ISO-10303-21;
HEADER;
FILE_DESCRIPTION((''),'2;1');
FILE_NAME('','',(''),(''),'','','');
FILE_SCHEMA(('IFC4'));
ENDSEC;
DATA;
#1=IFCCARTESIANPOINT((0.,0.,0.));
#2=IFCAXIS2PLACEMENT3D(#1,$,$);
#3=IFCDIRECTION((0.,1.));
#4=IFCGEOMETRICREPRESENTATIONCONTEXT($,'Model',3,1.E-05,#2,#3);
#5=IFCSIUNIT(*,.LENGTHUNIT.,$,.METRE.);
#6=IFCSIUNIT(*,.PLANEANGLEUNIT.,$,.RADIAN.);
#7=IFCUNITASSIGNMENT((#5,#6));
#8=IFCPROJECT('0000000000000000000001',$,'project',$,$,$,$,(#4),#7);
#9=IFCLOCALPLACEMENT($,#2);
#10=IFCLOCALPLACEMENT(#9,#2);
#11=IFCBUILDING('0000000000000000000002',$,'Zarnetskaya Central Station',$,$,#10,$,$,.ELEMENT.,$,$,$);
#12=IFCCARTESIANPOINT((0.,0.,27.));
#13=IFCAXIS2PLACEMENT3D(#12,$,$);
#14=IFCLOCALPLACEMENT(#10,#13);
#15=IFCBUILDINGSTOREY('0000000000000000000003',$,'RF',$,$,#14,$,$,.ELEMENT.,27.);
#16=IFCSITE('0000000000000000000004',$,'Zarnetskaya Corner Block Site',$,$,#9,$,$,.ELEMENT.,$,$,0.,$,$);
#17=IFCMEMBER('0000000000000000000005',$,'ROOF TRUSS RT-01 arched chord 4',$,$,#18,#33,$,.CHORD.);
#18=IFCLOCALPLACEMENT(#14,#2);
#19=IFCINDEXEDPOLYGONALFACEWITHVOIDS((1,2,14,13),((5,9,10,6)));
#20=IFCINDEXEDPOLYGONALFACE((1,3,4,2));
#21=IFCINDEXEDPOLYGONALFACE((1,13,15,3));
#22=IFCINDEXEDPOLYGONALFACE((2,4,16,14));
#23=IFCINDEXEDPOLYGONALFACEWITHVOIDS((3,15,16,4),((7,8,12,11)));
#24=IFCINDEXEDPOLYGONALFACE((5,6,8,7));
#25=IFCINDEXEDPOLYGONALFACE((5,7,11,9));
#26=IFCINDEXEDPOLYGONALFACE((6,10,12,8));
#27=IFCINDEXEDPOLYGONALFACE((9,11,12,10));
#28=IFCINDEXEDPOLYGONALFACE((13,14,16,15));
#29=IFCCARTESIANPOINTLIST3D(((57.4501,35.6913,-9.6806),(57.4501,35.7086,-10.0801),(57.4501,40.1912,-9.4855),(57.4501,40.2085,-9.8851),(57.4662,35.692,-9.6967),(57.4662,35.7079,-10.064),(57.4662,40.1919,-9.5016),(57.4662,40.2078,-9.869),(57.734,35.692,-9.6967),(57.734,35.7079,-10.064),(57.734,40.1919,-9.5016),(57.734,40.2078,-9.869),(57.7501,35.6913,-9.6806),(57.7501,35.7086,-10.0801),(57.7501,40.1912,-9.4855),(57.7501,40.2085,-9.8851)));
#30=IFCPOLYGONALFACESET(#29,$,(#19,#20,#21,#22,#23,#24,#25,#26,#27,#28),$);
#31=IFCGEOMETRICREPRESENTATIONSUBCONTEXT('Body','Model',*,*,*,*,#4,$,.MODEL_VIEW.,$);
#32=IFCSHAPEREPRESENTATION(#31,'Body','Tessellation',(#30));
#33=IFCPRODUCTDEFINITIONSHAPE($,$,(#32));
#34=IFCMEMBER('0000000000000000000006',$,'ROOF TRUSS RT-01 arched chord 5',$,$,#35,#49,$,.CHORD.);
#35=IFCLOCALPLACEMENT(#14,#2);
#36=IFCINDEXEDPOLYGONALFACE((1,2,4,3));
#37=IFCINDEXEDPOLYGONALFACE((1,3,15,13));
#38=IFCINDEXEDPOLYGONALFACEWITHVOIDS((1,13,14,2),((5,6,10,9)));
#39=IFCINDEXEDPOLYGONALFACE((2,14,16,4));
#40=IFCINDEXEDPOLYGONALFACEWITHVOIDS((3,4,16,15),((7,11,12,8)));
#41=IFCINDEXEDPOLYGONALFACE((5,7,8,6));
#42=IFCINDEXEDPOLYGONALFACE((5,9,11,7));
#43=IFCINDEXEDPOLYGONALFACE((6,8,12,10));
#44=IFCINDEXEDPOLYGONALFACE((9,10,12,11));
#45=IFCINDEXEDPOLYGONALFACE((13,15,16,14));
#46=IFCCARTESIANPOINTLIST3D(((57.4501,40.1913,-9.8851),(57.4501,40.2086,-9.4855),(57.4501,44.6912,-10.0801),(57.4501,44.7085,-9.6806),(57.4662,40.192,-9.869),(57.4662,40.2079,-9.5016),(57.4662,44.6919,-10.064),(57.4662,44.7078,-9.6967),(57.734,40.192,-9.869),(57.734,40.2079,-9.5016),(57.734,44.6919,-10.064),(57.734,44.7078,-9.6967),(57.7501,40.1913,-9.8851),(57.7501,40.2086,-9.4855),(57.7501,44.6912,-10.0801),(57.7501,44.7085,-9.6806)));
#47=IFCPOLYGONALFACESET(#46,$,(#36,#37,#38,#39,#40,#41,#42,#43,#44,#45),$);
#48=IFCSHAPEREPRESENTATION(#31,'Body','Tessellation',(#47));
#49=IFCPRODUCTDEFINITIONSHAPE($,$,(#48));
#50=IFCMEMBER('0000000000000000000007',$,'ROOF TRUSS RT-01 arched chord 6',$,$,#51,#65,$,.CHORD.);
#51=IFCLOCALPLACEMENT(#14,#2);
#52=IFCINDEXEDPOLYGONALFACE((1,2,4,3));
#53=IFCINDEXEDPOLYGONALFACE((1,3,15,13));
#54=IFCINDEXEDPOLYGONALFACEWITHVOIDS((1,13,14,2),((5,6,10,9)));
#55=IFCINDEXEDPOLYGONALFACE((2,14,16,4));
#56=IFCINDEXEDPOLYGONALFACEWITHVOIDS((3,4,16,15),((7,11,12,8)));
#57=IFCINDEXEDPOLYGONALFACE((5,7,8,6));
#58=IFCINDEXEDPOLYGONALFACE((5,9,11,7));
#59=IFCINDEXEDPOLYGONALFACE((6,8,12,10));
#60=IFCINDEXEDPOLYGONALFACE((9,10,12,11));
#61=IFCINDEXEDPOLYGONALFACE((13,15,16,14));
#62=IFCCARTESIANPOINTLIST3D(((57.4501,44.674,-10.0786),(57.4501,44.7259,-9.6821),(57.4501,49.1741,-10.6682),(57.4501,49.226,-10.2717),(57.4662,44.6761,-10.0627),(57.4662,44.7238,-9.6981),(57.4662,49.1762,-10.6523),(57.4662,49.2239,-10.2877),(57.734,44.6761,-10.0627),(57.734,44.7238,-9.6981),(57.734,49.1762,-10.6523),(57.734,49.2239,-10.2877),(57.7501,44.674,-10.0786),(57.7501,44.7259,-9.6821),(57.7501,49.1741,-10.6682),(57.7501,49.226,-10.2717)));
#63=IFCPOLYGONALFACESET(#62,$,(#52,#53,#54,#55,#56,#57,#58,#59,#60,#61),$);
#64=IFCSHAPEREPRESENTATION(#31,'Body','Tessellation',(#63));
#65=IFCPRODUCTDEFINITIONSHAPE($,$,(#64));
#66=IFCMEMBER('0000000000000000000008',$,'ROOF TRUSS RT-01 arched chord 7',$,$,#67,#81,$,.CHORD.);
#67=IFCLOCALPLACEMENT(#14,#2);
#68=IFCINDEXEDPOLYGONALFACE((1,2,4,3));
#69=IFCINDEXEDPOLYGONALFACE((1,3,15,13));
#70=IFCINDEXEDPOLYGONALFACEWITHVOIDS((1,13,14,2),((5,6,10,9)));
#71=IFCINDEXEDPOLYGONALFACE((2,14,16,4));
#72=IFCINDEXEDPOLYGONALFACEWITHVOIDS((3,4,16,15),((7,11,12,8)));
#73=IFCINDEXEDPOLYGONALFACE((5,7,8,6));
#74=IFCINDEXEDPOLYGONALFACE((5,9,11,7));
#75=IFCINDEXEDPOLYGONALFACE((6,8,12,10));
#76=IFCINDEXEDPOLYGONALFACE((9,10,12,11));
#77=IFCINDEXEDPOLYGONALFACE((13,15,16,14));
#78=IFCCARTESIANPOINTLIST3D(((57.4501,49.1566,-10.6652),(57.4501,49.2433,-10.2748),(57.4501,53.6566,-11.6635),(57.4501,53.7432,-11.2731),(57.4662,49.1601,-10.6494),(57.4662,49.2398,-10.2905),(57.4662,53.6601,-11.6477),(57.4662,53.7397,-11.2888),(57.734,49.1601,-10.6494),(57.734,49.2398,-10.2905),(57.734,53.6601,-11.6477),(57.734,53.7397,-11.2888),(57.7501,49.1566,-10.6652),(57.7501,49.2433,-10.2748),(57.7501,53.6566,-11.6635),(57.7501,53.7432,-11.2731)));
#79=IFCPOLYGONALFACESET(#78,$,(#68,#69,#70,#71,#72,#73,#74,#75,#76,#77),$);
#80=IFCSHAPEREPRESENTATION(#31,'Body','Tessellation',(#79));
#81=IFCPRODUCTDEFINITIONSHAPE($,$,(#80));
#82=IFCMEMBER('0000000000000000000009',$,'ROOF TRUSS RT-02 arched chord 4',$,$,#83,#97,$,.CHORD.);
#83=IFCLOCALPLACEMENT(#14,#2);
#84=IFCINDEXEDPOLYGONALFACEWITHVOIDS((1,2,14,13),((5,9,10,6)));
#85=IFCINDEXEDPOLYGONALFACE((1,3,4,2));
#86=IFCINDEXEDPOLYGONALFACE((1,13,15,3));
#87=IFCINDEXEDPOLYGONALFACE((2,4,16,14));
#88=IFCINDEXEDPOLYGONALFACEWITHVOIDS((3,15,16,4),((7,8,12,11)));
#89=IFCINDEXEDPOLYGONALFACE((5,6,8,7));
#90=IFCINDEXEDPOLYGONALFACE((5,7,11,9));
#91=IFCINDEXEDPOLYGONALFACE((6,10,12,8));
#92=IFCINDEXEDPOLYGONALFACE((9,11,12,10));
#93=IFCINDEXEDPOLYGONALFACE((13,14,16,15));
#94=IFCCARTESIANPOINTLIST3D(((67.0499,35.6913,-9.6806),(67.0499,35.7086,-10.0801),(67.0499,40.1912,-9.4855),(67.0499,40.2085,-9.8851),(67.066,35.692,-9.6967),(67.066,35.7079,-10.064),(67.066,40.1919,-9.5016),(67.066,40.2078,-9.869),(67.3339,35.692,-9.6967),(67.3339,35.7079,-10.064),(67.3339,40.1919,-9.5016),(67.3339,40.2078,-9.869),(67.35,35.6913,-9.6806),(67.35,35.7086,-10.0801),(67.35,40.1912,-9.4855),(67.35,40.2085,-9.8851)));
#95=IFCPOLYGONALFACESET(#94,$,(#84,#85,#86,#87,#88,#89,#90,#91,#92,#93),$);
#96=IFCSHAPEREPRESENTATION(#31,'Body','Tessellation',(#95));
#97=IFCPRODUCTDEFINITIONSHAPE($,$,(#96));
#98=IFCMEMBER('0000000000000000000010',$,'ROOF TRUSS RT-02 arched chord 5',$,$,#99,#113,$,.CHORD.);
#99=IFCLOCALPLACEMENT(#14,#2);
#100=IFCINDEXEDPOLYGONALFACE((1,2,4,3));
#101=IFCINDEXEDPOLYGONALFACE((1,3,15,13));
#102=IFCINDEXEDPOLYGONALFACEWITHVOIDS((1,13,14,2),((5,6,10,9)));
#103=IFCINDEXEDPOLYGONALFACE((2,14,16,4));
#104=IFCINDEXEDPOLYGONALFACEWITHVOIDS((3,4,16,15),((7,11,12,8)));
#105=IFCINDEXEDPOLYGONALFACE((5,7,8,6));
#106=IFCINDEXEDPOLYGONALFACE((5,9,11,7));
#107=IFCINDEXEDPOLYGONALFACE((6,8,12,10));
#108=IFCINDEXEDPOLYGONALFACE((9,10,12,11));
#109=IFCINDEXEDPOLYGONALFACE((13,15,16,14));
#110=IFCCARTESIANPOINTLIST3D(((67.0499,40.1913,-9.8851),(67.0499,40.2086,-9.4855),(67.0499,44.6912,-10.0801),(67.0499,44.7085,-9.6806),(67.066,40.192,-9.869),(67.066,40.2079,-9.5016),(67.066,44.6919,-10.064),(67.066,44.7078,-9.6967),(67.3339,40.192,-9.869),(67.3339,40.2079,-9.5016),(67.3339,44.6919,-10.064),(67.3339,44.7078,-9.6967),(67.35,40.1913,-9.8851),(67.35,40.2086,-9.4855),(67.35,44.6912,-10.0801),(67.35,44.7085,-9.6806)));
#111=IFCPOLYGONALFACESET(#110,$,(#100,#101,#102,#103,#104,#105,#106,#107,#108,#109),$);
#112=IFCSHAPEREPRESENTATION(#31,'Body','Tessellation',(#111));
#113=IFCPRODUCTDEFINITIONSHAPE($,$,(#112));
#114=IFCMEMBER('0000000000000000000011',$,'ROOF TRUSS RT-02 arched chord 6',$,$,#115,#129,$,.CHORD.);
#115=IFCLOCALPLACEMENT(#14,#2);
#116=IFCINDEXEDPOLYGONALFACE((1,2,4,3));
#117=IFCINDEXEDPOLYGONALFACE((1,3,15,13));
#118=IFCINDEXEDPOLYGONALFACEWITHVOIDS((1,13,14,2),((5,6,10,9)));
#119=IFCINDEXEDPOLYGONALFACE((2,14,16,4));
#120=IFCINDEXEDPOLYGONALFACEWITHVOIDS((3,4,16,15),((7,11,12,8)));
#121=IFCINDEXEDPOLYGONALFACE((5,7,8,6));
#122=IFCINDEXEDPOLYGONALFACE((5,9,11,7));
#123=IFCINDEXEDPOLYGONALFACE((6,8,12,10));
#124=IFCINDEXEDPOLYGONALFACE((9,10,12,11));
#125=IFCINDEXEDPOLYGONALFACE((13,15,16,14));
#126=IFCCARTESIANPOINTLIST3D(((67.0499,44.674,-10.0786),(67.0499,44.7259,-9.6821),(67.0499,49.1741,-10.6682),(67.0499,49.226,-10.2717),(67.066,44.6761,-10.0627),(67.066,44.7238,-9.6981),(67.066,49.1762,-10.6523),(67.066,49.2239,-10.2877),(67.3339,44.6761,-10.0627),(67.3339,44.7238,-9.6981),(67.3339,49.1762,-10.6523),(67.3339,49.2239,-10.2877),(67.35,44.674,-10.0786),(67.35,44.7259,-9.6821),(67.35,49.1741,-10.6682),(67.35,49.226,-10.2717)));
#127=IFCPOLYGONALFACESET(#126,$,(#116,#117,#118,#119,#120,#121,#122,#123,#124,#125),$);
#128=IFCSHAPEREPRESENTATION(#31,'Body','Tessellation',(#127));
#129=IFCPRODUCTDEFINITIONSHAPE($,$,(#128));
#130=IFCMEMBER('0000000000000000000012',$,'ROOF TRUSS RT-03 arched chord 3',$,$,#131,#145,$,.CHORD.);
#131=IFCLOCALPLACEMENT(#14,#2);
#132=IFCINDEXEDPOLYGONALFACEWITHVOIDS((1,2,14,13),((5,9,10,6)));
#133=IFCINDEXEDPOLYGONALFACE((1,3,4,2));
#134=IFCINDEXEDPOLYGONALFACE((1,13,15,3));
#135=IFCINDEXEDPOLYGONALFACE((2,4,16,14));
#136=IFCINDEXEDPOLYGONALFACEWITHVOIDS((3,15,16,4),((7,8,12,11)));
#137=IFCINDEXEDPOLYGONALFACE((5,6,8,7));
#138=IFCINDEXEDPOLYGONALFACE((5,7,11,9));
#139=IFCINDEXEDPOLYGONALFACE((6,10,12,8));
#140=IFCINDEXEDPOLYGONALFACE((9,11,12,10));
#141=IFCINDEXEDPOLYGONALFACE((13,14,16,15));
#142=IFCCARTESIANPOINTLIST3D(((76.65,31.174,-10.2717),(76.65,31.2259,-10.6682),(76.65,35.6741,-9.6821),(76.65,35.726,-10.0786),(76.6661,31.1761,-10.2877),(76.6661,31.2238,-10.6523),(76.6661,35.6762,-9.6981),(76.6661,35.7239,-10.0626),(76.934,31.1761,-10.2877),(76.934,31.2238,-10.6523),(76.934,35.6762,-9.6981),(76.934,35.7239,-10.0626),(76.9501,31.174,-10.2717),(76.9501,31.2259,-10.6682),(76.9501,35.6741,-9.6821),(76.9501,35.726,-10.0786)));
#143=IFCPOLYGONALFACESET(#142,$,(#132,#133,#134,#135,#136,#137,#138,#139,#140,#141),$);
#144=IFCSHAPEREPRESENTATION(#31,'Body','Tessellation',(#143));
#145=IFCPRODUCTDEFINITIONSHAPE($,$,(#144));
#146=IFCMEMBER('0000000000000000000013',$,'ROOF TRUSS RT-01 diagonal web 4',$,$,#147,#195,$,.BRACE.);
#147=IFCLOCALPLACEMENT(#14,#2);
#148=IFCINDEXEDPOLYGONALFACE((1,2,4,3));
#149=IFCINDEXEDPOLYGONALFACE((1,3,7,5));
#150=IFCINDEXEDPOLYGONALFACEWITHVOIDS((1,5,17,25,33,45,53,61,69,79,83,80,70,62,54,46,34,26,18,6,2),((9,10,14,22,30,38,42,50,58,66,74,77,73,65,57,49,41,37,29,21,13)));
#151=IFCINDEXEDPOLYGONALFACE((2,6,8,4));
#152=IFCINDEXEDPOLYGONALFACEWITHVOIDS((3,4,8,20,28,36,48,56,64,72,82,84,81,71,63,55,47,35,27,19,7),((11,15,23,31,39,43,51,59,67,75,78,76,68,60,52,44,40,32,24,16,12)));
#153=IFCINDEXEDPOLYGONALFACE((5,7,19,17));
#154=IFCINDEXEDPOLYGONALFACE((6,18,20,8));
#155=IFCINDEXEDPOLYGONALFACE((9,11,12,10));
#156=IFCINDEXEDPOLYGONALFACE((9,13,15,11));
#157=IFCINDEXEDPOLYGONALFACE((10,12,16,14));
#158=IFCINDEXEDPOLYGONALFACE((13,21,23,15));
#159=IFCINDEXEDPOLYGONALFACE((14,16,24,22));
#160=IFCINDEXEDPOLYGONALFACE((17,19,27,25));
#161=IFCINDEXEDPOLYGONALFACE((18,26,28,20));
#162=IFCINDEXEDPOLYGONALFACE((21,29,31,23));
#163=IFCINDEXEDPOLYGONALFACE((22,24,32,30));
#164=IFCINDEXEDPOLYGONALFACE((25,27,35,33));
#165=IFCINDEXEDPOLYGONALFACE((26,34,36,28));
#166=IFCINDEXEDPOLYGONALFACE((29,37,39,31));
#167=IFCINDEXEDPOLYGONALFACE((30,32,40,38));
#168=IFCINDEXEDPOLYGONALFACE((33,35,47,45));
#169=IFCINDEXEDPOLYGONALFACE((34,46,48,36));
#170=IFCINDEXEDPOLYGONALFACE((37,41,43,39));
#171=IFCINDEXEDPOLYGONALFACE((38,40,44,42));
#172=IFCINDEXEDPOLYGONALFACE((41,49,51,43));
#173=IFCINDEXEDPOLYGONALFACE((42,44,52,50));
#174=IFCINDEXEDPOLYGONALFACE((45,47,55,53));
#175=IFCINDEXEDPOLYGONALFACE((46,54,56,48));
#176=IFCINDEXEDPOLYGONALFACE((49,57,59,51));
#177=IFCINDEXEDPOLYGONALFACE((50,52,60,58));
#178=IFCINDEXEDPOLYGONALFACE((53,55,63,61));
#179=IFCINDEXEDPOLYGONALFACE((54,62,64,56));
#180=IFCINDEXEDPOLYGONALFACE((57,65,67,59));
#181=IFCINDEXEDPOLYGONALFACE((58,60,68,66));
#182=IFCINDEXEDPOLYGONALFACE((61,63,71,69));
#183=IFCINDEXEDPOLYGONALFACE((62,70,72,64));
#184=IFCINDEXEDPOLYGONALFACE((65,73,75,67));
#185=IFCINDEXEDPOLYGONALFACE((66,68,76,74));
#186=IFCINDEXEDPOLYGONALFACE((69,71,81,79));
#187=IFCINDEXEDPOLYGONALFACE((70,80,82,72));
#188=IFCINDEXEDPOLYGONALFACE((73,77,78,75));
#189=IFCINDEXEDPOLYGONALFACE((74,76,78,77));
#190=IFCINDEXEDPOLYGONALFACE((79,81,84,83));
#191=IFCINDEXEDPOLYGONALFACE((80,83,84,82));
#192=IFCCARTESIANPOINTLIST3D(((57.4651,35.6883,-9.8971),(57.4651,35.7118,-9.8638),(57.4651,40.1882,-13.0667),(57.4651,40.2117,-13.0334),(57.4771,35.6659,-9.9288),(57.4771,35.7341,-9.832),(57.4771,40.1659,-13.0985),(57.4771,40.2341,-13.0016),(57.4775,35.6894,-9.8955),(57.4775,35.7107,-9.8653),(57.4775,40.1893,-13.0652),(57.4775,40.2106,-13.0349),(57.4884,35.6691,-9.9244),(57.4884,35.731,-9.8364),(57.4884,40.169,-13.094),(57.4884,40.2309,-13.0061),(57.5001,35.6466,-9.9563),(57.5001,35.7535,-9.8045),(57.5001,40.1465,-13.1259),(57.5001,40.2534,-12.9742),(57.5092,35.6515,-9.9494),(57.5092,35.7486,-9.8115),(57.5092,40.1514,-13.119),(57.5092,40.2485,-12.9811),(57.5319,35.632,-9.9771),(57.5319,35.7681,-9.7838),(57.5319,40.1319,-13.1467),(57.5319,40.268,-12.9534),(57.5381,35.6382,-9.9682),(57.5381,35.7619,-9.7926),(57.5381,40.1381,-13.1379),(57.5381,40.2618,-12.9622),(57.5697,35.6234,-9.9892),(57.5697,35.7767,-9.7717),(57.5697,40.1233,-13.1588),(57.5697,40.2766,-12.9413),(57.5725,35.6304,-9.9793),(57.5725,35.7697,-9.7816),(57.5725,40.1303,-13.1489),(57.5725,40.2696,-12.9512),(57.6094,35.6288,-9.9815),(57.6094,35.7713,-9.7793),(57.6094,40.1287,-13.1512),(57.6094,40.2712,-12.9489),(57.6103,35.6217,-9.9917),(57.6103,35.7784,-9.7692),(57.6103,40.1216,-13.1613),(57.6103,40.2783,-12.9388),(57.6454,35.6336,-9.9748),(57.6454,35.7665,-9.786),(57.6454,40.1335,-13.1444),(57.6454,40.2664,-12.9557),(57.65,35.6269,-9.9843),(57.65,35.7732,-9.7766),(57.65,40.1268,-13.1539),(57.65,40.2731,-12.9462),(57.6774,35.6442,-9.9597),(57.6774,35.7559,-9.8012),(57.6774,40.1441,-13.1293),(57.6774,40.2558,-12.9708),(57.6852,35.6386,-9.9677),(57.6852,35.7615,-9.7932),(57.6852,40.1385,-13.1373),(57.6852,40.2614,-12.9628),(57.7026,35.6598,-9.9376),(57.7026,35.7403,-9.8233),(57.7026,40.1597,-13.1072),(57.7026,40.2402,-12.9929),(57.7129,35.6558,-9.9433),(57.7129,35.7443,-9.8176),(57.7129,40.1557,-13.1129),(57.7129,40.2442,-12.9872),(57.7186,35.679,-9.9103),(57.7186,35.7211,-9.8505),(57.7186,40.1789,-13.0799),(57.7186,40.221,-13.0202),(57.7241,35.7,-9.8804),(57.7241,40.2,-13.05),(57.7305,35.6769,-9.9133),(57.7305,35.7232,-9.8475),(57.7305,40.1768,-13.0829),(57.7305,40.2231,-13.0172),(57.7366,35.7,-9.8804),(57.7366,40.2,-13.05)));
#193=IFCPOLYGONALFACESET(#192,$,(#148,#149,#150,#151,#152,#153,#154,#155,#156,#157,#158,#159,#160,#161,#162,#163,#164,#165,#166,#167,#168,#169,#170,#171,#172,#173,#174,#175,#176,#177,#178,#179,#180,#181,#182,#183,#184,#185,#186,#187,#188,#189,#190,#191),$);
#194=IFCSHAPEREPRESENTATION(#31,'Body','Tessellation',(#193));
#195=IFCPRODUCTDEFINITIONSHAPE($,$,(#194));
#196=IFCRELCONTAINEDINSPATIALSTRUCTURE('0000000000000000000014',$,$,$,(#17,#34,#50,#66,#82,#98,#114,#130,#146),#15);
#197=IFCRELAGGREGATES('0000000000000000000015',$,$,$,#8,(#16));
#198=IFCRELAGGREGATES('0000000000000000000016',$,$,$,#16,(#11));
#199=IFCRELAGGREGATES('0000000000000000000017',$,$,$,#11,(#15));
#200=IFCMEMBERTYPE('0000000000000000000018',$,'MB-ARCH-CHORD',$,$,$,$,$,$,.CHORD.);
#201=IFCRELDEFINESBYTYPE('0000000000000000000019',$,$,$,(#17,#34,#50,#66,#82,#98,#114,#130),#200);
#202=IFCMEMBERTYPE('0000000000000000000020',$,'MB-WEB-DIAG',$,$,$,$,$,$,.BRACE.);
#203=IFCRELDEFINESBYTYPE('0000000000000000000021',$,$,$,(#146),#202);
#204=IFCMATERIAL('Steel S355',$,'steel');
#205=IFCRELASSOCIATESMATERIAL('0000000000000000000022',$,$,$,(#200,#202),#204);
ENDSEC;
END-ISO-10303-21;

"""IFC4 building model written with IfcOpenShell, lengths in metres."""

from ifc_helpers import new_model, si_unit, direction, frame, origin, origin_2d, place, context, subcontext, project, spatial, hollow_rectangle, hollow_circle, extrude, material, material_profile, profile_set, type_object, element, save


model = new_model("IFC4")

# Units and contexts
model_context = context("Model", 3, precision=1e-05, world=origin(), true_north=direction((0.0, 1.0)))
body_context = subcontext(model_context, "Body", "Model", "MODEL_VIEW")
ifc_project = project(units=[si_unit("LENGTHUNIT", "METRE"), si_unit("PLANEANGLEUNIT", "RADIAN")], contexts=[model_context])

# Site, building, storey
site_placement = place(None, origin())
site = spatial("IfcSite", under=ifc_project, at=site_placement, Name="Zarnetskaya Corner Block Site", CompositionType="ELEMENT", RefElevation=0.0)
building_placement = place(site_placement, origin())
building = spatial("IfcBuilding", under=site, at=building_placement, Name="Zarnetskaya Central Station", CompositionType="ELEMENT")
storey_placement = place(building_placement, frame((0.0, 0.0, 27.0)))
storey = spatial("IfcBuildingStorey", under=building, at=storey_placement, Name="RF", CompositionType="ELEMENT", Elevation=27.0)

# Members
ifc_material = material(Name="Steel S355", Category="steel")
ifc_material_profile_1 = material_profile(ifc_material, hollow_rectangle(XDim=0.3, YDim=0.3999, WallThickness=0.0161, at=origin_2d()), Name="RHS 400x300x16")
ifc_profile_set_1 = profile_set([ifc_material_profile_1], Name="Steel S355")
member_type_1 = type_object("IfcMemberType", Name="MB-ARCH-CHORD", PredefinedType="CHORD", material=ifc_profile_set_1)
for number, where, z_axis, x_axis, name in (
    (1, (57.6001, 35.7, -9.8804), (0.0, 0.999062, 0.043308), (-1.0, 0.0, 0.0), "ROOF TRUSS RT-01 arched chord 4"),
    (2, (57.6001, 40.2, -9.6853), (0.0, 0.999062, -0.043308), (-1.0, 0.0, 0.0), "ROOF TRUSS RT-01 arched chord 5"),
):
    element("IfcMember", number, at=place(storey_placement, frame(where, z_axis=z_axis, x_axis=x_axis)), inside=storey, type_object=member_type_1, Name=name, PredefinedType="CHORD", context=body_context, shape_type="SweptSolid", body=[
        extrude(hollow_rectangle(XDim=0.3, YDim=0.3999, WallThickness=0.0161, at=origin_2d()), origin(), (0.0, 0.0, 1.0), 4.5042),
    ])
member_1_placement = place(storey_placement, frame((57.6001, 44.7, -9.8804), z_axis=(0.0, 0.991526, -0.129912), x_axis=(-1.0, 0.0, 0.0)))
element("IfcMember", 3, at=member_1_placement, inside=storey, type_object=member_type_1, Name="ROOF TRUSS RT-01 arched chord 6", PredefinedType="CHORD", context=body_context, shape_type="SweptSolid", body=[
    extrude(hollow_rectangle(XDim=0.3, YDim=0.3999, WallThickness=0.0161, at=origin_2d()), origin(), (0.0, 0.0, 1.0), 4.5386),
])
member_2_placement = place(storey_placement, frame((57.6001, 49.2, -10.47), z_axis=(0.0, 0.976266, -0.216577), x_axis=(-1.0, 0.0, 0.0)))
element("IfcMember", 4, at=member_2_placement, inside=storey, type_object=member_type_1, Name="ROOF TRUSS RT-01 arched chord 7", PredefinedType="CHORD", context=body_context, shape_type="SweptSolid", body=[
    extrude(hollow_rectangle(XDim=0.3, YDim=0.3999, WallThickness=0.0161, at=origin_2d()), origin(), (0.0, 0.0, 1.0), 4.6094),
])
for number, where, z_axis, x_axis, name in (
    (5, (67.2, 35.7, -9.8804), (0.0, 0.999062, 0.043308), (-1.0, 0.0, 0.0), "ROOF TRUSS RT-02 arched chord 4"),
    (6, (67.2, 40.2, -9.6853), (0.0, 0.999062, -0.043308), (-1.0, 0.0, 0.0), "ROOF TRUSS RT-02 arched chord 5"),
):
    element("IfcMember", number, at=place(storey_placement, frame(where, z_axis=z_axis, x_axis=x_axis)), inside=storey, type_object=member_type_1, Name=name, PredefinedType="CHORD", context=body_context, shape_type="SweptSolid", body=[
        extrude(hollow_rectangle(XDim=0.3, YDim=0.3999, WallThickness=0.0161, at=origin_2d()), origin(), (0.0, 0.0, 1.0), 4.5042),
    ])
for number, where, z_axis, x_axis, name in (
    (7, (67.2, 44.7, -9.8804), (0.0, 0.991526, -0.129912), (-1.0, 0.0, 0.0), "ROOF TRUSS RT-02 arched chord 6"),
    (8, (76.8, 31.2, -10.47), (0.0, 0.991526, 0.129912), (-1.0, 0.0, 0.0), "ROOF TRUSS RT-03 arched chord 3"),
):
    element("IfcMember", number, at=place(storey_placement, frame(where, z_axis=z_axis, x_axis=x_axis)), inside=storey, type_object=member_type_1, Name=name, PredefinedType="CHORD", context=body_context, shape_type="SweptSolid", body=[
        extrude(hollow_rectangle(XDim=0.3, YDim=0.3999, WallThickness=0.0161, at=origin_2d()), origin(), (0.0, 0.0, 1.0), 4.5386),
    ])
ifc_material_profile_2 = material_profile(ifc_material, hollow_circle(Radius=0.1365, WallThickness=0.0125, at=origin_2d()), Name="CHS 273x12.5")
ifc_profile_set_2 = profile_set([ifc_material_profile_2], Name="Steel S355")
member_type_2 = type_object("IfcMemberType", Name="MB-WEB-DIAG", PredefinedType="BRACE", material=ifc_profile_set_2)
for number, where, z_axis, x_axis, name in (
    (9, (57.6001, 40.2, -13.05), (0.0, -0.817549, 0.575859), (1.0, 0.0, 0.0), "ROOF TRUSS RT-01 diagonal web 4"),
):
    element("IfcMember", number, at=place(storey_placement, frame(where, z_axis=z_axis, x_axis=x_axis)), inside=storey, type_object=member_type_2, Name=name, PredefinedType="BRACE", context=body_context, shape_type="SweptSolid", body=[
        extrude(hollow_circle(Radius=0.1365, WallThickness=0.0125, at=origin_2d()), origin(), (0.0, 0.0, 1.0), 5.5042),
    ])

save(model, "model.ifc")
